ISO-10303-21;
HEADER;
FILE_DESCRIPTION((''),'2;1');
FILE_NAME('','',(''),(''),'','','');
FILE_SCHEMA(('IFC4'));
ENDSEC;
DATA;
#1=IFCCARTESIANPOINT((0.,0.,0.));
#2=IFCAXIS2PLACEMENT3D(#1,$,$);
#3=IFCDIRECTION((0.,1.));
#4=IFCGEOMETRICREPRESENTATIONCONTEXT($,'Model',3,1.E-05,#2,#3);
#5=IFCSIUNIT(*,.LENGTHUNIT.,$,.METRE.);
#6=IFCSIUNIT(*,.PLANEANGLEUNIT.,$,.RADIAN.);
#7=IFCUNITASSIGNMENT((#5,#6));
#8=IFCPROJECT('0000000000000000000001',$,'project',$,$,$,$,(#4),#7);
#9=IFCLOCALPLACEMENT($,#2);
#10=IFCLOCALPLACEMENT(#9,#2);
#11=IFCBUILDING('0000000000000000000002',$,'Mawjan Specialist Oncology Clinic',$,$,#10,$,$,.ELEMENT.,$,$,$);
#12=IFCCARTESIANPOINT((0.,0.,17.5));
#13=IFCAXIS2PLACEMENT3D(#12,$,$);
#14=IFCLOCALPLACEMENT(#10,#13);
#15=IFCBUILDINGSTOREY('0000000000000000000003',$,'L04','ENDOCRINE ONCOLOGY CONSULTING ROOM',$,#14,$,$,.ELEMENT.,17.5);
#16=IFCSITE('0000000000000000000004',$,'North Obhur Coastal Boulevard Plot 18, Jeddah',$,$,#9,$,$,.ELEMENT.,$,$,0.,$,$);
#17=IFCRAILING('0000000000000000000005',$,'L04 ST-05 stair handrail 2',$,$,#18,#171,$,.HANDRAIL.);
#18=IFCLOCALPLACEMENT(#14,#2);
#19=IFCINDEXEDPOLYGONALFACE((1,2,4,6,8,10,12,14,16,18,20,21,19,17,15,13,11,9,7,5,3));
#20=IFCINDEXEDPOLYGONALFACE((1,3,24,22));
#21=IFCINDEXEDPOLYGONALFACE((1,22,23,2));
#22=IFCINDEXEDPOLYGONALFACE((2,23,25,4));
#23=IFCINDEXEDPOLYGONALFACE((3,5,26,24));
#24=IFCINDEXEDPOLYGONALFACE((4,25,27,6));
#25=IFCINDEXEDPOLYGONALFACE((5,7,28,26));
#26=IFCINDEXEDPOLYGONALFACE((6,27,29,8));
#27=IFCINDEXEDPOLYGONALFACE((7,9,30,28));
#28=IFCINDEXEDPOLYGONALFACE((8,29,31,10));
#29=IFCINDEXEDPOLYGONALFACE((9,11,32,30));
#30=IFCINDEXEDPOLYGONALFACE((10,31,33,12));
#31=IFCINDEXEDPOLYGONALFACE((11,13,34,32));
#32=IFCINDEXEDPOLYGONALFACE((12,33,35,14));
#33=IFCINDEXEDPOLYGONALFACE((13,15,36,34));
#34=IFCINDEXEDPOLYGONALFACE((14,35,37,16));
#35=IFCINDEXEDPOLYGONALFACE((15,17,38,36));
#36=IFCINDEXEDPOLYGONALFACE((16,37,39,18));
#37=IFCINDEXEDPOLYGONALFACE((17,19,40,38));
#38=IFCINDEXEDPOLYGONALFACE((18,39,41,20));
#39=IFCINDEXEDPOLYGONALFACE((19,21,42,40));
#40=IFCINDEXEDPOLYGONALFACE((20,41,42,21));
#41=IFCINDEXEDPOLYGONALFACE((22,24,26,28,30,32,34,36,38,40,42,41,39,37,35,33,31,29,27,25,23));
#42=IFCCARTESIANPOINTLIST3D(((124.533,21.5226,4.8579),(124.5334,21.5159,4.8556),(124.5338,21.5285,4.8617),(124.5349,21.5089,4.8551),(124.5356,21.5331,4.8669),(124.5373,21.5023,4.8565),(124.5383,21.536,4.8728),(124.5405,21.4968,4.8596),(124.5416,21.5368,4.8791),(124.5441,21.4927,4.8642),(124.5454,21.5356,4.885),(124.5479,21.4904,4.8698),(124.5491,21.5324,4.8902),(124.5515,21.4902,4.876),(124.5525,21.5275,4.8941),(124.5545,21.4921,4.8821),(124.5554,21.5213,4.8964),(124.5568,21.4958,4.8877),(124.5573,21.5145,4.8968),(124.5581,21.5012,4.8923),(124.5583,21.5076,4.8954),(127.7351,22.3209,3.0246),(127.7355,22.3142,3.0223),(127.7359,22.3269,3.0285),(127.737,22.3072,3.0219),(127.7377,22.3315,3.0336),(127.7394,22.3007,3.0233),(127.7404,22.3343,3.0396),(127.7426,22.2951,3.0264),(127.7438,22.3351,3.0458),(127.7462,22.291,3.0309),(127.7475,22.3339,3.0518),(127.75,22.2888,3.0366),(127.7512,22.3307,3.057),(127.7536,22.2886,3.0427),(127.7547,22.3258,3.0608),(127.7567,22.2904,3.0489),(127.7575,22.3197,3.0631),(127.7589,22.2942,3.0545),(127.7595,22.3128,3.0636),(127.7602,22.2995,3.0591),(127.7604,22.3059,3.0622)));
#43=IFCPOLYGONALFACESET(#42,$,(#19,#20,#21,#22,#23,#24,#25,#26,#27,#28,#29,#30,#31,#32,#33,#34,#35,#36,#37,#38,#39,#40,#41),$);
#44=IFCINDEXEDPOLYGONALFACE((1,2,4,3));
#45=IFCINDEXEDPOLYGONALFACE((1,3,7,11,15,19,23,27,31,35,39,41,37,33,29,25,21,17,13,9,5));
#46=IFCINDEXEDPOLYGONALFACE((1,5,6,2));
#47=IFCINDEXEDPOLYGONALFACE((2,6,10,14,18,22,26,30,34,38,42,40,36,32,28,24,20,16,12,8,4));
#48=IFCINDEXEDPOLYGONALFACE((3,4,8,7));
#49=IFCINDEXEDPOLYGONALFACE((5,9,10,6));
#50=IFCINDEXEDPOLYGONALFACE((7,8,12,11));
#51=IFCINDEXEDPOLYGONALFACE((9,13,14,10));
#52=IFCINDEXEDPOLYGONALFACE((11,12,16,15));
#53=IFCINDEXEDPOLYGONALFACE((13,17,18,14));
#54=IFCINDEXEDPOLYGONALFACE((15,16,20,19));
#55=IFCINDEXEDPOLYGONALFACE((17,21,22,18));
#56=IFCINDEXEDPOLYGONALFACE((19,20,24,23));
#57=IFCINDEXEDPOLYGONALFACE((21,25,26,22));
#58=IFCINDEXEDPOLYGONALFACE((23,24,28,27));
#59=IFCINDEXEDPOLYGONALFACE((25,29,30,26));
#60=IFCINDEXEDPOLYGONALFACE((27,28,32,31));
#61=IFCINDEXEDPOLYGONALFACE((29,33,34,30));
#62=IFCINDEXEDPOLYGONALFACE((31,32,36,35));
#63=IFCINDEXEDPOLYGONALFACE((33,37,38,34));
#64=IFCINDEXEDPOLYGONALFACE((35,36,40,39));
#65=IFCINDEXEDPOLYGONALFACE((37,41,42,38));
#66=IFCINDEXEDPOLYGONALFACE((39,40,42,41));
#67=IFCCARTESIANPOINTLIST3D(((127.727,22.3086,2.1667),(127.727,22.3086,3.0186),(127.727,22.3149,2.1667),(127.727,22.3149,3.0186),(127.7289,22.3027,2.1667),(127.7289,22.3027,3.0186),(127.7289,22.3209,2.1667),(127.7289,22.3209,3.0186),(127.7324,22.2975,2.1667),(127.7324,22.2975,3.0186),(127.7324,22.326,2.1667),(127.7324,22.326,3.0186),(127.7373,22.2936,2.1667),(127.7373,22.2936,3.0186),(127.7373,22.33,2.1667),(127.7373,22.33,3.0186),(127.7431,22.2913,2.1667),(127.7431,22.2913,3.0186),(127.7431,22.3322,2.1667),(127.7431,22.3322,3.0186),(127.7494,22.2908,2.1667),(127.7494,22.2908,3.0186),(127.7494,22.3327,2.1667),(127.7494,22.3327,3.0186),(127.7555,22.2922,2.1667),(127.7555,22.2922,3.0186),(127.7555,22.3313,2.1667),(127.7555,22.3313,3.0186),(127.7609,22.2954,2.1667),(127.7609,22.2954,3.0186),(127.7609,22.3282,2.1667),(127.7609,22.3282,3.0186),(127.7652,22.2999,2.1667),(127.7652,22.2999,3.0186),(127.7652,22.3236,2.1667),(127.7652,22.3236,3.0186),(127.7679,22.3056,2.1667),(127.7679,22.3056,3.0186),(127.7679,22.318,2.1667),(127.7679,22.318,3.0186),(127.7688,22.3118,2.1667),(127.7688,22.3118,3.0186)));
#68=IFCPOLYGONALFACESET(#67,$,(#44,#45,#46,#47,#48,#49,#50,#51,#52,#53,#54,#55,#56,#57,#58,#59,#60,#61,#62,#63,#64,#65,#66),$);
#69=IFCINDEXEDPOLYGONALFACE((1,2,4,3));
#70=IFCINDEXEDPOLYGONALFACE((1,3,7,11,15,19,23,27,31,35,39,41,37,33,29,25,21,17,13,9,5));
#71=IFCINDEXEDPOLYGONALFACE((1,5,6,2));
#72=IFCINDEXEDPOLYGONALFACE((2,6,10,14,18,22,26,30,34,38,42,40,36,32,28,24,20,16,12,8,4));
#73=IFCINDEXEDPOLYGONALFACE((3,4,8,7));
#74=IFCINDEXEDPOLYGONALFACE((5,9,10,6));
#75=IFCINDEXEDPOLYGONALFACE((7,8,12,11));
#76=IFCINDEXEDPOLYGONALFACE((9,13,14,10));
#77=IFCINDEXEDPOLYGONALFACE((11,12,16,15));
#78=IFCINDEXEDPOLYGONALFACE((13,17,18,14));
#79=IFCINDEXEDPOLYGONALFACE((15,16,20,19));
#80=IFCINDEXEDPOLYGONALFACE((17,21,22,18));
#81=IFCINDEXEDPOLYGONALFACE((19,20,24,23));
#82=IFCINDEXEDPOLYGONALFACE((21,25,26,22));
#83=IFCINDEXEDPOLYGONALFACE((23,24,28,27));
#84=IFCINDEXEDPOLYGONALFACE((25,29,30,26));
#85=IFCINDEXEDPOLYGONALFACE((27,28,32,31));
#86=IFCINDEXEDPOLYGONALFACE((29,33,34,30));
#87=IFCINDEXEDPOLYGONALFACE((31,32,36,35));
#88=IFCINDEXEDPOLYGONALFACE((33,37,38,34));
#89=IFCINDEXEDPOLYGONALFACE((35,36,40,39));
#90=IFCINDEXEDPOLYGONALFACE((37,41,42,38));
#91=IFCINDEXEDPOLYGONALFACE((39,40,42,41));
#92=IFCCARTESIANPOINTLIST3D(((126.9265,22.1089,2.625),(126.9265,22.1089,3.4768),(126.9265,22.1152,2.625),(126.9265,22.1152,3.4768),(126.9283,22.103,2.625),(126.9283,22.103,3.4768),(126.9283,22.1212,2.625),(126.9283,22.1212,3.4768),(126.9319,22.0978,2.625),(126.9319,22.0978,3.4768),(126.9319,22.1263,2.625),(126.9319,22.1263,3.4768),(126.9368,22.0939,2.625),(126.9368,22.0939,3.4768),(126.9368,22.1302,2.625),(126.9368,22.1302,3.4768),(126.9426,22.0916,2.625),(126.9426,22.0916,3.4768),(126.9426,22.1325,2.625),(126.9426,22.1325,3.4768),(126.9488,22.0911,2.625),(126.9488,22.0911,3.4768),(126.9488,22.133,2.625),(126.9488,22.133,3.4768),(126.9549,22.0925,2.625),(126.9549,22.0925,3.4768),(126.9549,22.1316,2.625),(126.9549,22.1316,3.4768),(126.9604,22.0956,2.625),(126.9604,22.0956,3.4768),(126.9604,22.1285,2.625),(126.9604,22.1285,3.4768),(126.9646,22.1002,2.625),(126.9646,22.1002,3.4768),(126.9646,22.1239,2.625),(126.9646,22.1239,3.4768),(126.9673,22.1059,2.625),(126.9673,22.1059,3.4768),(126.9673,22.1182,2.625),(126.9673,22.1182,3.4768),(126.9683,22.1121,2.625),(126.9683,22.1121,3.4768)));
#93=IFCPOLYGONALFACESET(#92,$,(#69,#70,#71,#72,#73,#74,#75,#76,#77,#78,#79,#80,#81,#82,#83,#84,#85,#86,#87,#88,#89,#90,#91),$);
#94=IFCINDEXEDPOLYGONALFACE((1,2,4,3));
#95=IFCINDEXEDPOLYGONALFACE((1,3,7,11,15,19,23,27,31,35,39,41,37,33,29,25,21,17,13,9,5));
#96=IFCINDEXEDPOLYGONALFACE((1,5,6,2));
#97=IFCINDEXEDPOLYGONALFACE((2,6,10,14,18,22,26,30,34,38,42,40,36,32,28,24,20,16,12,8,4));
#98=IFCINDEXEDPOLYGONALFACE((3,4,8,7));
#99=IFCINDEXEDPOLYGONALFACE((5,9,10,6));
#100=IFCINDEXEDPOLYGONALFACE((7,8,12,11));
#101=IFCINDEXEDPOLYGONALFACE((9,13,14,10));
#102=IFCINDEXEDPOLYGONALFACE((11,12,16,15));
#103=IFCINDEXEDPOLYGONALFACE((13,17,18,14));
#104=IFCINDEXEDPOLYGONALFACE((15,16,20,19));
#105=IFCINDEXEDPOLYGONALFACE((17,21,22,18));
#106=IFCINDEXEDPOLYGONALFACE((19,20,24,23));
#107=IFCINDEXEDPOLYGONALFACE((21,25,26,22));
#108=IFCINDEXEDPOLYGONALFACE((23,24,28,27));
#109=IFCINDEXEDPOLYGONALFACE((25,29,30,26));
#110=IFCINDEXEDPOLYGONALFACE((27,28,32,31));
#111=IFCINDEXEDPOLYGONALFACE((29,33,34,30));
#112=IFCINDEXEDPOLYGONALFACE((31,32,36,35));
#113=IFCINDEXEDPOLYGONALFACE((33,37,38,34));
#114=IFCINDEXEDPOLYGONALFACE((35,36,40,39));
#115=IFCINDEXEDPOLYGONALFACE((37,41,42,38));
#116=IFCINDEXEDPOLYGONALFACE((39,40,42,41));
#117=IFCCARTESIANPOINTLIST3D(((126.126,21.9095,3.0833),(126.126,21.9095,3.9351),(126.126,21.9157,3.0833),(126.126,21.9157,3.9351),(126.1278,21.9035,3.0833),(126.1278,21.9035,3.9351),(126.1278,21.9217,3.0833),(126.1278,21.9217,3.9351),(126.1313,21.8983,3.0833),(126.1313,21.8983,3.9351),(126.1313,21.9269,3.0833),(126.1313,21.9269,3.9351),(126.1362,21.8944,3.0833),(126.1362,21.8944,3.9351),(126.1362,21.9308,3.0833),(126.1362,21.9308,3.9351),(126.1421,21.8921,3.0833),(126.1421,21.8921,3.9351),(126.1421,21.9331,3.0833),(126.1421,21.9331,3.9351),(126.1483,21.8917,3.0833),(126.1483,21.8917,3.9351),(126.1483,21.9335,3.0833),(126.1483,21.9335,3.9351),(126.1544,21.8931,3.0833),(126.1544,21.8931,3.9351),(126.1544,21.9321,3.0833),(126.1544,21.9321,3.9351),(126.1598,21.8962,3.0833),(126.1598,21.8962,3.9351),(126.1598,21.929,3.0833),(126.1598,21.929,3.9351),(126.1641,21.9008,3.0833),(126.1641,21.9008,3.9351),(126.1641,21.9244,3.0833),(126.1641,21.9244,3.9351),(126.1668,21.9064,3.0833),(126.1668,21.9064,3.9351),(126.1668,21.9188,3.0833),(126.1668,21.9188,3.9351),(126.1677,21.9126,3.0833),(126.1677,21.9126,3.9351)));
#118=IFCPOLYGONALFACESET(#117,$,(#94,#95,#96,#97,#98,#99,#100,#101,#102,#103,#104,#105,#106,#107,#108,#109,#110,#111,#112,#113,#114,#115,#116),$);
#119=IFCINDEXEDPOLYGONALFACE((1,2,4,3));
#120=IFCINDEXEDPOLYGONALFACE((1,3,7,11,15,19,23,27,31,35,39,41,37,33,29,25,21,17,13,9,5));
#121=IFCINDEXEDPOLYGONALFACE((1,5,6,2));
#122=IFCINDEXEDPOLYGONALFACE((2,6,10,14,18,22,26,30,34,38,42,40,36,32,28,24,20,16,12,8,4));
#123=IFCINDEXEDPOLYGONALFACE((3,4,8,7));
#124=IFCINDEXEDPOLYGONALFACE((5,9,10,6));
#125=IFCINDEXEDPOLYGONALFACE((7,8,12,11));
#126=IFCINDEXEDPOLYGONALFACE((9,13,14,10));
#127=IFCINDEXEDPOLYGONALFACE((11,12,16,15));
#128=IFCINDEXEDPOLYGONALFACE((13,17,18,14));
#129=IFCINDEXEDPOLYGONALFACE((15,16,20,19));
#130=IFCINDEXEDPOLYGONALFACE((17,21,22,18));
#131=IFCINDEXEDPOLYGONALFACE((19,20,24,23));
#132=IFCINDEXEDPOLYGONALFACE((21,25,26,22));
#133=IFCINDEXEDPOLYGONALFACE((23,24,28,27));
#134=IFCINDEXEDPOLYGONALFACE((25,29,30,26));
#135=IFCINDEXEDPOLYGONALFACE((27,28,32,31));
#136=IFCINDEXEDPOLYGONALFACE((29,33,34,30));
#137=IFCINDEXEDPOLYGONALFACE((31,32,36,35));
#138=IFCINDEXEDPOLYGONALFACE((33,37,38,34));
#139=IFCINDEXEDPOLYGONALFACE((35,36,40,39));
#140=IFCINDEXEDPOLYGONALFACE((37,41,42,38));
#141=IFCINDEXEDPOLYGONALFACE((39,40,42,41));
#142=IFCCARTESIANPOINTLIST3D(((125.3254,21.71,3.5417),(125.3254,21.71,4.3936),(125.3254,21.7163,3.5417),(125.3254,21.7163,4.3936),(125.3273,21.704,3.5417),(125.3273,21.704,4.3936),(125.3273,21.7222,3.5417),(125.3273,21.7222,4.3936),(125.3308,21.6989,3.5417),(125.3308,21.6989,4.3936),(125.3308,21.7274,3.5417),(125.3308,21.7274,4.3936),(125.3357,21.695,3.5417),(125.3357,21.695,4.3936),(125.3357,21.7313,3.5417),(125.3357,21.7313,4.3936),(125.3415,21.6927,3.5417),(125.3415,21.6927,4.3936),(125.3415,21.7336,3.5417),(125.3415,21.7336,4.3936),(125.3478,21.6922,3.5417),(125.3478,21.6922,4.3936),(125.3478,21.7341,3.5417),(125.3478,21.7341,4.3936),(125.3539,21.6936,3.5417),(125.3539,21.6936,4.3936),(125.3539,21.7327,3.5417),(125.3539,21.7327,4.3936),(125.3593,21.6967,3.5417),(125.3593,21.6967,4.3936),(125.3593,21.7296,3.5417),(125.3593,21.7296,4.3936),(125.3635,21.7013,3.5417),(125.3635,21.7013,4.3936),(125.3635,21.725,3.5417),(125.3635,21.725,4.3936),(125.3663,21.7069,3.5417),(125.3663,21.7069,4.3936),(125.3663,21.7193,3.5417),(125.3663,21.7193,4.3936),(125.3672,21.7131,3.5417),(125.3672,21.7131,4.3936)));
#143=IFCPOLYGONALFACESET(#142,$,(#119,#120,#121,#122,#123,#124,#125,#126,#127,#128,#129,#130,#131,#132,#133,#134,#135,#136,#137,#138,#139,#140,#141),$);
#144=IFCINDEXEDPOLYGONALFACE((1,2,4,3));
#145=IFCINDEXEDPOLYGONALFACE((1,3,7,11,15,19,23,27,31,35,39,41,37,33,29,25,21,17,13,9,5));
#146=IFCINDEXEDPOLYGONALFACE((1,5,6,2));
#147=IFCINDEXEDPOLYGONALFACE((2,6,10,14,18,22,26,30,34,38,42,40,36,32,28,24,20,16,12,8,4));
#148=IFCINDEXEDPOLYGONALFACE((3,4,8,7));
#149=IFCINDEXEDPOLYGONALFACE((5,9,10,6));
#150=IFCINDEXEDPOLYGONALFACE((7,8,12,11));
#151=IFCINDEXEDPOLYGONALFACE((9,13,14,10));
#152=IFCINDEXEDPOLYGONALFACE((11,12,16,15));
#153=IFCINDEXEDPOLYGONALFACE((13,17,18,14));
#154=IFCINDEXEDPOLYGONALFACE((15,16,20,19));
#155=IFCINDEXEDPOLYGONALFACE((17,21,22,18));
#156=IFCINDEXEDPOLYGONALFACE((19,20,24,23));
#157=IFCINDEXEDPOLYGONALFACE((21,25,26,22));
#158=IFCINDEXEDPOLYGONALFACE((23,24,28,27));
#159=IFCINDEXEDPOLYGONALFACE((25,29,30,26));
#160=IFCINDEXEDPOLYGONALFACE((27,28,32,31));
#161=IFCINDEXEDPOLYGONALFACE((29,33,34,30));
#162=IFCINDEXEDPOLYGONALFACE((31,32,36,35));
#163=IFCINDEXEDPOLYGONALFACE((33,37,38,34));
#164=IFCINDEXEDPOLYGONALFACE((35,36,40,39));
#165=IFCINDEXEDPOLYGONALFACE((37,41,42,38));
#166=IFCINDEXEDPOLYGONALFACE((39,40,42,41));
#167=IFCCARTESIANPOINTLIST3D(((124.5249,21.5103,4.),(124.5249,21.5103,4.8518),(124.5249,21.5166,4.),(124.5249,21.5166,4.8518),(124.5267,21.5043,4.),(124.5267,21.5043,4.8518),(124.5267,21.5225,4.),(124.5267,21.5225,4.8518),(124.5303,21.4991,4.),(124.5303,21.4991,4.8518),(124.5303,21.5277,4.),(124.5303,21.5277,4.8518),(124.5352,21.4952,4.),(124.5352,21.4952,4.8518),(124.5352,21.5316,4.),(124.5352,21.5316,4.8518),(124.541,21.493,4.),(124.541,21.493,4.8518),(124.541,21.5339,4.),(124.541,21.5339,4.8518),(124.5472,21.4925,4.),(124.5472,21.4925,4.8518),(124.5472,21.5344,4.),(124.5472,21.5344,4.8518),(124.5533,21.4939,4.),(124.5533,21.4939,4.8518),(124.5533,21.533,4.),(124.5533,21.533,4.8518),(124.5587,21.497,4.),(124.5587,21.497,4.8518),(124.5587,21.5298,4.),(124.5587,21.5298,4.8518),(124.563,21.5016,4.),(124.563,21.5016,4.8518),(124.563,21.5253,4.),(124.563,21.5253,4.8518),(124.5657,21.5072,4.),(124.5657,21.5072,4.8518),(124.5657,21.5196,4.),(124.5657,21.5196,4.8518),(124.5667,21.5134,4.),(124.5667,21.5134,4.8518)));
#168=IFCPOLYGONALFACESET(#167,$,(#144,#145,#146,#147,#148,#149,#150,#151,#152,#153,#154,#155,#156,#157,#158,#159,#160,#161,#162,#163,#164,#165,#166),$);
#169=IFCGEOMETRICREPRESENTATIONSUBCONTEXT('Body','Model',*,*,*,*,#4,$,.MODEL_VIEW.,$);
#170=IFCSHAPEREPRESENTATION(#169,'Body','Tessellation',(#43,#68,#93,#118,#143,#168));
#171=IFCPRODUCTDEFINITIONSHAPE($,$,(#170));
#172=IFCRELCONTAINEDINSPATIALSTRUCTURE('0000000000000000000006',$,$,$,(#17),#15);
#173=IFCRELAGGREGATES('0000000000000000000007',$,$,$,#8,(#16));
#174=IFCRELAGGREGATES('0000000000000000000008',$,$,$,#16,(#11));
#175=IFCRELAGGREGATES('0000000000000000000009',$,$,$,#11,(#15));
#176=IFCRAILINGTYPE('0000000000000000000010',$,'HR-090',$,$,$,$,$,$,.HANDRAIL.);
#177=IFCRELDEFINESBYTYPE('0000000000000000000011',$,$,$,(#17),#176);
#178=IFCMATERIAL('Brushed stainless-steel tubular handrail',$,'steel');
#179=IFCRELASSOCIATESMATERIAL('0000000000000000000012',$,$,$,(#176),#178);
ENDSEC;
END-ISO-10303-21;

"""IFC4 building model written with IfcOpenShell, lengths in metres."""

from ifc_helpers import new_model, si_unit, direction, frame, origin, origin_2d, place, context, subcontext, project, spatial, circle, extrude, material, type_object, element, save


model = new_model("IFC4")

# Units and contexts
model_context = context("Model", 3, precision=1e-05, world=origin(), true_north=direction((0.0, 1.0)))
body_context = subcontext(model_context, "Body", "Model", "MODEL_VIEW")
ifc_project = project(units=[si_unit("LENGTHUNIT", "METRE"), si_unit("PLANEANGLEUNIT", "RADIAN")], contexts=[model_context])

# Site, building, storey
site_placement = place(None, origin())
site = spatial("IfcSite", under=ifc_project, at=site_placement, Name="North Obhur Coastal Boulevard Plot 18, Jeddah", CompositionType="ELEMENT", RefElevation=0.0)
building_placement = place(site_placement, origin())
building = spatial("IfcBuilding", under=site, at=building_placement, Name="Mawjan Specialist Oncology Clinic", CompositionType="ELEMENT")
storey_placement = place(building_placement, frame((0.0, 0.0, 17.5)))
storey = spatial("IfcBuildingStorey", under=building, at=storey_placement, Name="L04", Description="ENDOCRINE ONCOLOGY CONSULTING ROOM", CompositionType="ELEMENT", Elevation=17.5)

# Railing
ifc_material_1 = material(Name="Brushed stainless-steel tubular handrail", Category="steel")
railing_type_1 = type_object("IfcRailingType", Name="HR-090", PredefinedType="HANDRAIL", material=ifc_material_1)
railing_1_placement = place(storey_placement, frame((127.7478, 22.3118, 2.1667)))
element("IfcRailing", 1, at=railing_1_placement, inside=storey, type_object=railing_type_1, Name="L04 ST-05 stair handrail 2", PredefinedType="HANDRAIL", context=body_context, shape_type="SweptSolid", body=[
    extrude(circle(Radius=0.0239, at=origin_2d()), frame((0.0, 0.0, 0.876), z_axis=(-0.848213, -0.211471, 0.485608), x_axis=(0.241909, -0.970299, 0.0)), (0.0, 0.0, 1.0), 3.7751),
    extrude(circle(Radius=0.021, at=origin_2d()), origin(), (0.0, 0.0, 1.0), 0.8518),
    extrude(circle(Radius=0.021, at=origin_2d()), frame((-0.8005, -0.1997, 0.4583)), (0.0, 0.0, 1.0), 0.8518),
    extrude(circle(Radius=0.021, at=origin_2d()), frame((-1.6011, -0.3992, 0.9165)), (0.0, 0.0, 1.0), 0.8518),
    extrude(circle(Radius=0.021, at=origin_2d()), frame((-2.4016, -0.5986, 1.375)), (0.0, 0.0, 1.0), 0.8518),
    extrude(circle(Radius=0.021, at=origin_2d()), frame((-3.2021, -0.7983, 1.8333)), (0.0, 0.0, 1.0), 0.8518),
])

save(model, "model.ifc")
